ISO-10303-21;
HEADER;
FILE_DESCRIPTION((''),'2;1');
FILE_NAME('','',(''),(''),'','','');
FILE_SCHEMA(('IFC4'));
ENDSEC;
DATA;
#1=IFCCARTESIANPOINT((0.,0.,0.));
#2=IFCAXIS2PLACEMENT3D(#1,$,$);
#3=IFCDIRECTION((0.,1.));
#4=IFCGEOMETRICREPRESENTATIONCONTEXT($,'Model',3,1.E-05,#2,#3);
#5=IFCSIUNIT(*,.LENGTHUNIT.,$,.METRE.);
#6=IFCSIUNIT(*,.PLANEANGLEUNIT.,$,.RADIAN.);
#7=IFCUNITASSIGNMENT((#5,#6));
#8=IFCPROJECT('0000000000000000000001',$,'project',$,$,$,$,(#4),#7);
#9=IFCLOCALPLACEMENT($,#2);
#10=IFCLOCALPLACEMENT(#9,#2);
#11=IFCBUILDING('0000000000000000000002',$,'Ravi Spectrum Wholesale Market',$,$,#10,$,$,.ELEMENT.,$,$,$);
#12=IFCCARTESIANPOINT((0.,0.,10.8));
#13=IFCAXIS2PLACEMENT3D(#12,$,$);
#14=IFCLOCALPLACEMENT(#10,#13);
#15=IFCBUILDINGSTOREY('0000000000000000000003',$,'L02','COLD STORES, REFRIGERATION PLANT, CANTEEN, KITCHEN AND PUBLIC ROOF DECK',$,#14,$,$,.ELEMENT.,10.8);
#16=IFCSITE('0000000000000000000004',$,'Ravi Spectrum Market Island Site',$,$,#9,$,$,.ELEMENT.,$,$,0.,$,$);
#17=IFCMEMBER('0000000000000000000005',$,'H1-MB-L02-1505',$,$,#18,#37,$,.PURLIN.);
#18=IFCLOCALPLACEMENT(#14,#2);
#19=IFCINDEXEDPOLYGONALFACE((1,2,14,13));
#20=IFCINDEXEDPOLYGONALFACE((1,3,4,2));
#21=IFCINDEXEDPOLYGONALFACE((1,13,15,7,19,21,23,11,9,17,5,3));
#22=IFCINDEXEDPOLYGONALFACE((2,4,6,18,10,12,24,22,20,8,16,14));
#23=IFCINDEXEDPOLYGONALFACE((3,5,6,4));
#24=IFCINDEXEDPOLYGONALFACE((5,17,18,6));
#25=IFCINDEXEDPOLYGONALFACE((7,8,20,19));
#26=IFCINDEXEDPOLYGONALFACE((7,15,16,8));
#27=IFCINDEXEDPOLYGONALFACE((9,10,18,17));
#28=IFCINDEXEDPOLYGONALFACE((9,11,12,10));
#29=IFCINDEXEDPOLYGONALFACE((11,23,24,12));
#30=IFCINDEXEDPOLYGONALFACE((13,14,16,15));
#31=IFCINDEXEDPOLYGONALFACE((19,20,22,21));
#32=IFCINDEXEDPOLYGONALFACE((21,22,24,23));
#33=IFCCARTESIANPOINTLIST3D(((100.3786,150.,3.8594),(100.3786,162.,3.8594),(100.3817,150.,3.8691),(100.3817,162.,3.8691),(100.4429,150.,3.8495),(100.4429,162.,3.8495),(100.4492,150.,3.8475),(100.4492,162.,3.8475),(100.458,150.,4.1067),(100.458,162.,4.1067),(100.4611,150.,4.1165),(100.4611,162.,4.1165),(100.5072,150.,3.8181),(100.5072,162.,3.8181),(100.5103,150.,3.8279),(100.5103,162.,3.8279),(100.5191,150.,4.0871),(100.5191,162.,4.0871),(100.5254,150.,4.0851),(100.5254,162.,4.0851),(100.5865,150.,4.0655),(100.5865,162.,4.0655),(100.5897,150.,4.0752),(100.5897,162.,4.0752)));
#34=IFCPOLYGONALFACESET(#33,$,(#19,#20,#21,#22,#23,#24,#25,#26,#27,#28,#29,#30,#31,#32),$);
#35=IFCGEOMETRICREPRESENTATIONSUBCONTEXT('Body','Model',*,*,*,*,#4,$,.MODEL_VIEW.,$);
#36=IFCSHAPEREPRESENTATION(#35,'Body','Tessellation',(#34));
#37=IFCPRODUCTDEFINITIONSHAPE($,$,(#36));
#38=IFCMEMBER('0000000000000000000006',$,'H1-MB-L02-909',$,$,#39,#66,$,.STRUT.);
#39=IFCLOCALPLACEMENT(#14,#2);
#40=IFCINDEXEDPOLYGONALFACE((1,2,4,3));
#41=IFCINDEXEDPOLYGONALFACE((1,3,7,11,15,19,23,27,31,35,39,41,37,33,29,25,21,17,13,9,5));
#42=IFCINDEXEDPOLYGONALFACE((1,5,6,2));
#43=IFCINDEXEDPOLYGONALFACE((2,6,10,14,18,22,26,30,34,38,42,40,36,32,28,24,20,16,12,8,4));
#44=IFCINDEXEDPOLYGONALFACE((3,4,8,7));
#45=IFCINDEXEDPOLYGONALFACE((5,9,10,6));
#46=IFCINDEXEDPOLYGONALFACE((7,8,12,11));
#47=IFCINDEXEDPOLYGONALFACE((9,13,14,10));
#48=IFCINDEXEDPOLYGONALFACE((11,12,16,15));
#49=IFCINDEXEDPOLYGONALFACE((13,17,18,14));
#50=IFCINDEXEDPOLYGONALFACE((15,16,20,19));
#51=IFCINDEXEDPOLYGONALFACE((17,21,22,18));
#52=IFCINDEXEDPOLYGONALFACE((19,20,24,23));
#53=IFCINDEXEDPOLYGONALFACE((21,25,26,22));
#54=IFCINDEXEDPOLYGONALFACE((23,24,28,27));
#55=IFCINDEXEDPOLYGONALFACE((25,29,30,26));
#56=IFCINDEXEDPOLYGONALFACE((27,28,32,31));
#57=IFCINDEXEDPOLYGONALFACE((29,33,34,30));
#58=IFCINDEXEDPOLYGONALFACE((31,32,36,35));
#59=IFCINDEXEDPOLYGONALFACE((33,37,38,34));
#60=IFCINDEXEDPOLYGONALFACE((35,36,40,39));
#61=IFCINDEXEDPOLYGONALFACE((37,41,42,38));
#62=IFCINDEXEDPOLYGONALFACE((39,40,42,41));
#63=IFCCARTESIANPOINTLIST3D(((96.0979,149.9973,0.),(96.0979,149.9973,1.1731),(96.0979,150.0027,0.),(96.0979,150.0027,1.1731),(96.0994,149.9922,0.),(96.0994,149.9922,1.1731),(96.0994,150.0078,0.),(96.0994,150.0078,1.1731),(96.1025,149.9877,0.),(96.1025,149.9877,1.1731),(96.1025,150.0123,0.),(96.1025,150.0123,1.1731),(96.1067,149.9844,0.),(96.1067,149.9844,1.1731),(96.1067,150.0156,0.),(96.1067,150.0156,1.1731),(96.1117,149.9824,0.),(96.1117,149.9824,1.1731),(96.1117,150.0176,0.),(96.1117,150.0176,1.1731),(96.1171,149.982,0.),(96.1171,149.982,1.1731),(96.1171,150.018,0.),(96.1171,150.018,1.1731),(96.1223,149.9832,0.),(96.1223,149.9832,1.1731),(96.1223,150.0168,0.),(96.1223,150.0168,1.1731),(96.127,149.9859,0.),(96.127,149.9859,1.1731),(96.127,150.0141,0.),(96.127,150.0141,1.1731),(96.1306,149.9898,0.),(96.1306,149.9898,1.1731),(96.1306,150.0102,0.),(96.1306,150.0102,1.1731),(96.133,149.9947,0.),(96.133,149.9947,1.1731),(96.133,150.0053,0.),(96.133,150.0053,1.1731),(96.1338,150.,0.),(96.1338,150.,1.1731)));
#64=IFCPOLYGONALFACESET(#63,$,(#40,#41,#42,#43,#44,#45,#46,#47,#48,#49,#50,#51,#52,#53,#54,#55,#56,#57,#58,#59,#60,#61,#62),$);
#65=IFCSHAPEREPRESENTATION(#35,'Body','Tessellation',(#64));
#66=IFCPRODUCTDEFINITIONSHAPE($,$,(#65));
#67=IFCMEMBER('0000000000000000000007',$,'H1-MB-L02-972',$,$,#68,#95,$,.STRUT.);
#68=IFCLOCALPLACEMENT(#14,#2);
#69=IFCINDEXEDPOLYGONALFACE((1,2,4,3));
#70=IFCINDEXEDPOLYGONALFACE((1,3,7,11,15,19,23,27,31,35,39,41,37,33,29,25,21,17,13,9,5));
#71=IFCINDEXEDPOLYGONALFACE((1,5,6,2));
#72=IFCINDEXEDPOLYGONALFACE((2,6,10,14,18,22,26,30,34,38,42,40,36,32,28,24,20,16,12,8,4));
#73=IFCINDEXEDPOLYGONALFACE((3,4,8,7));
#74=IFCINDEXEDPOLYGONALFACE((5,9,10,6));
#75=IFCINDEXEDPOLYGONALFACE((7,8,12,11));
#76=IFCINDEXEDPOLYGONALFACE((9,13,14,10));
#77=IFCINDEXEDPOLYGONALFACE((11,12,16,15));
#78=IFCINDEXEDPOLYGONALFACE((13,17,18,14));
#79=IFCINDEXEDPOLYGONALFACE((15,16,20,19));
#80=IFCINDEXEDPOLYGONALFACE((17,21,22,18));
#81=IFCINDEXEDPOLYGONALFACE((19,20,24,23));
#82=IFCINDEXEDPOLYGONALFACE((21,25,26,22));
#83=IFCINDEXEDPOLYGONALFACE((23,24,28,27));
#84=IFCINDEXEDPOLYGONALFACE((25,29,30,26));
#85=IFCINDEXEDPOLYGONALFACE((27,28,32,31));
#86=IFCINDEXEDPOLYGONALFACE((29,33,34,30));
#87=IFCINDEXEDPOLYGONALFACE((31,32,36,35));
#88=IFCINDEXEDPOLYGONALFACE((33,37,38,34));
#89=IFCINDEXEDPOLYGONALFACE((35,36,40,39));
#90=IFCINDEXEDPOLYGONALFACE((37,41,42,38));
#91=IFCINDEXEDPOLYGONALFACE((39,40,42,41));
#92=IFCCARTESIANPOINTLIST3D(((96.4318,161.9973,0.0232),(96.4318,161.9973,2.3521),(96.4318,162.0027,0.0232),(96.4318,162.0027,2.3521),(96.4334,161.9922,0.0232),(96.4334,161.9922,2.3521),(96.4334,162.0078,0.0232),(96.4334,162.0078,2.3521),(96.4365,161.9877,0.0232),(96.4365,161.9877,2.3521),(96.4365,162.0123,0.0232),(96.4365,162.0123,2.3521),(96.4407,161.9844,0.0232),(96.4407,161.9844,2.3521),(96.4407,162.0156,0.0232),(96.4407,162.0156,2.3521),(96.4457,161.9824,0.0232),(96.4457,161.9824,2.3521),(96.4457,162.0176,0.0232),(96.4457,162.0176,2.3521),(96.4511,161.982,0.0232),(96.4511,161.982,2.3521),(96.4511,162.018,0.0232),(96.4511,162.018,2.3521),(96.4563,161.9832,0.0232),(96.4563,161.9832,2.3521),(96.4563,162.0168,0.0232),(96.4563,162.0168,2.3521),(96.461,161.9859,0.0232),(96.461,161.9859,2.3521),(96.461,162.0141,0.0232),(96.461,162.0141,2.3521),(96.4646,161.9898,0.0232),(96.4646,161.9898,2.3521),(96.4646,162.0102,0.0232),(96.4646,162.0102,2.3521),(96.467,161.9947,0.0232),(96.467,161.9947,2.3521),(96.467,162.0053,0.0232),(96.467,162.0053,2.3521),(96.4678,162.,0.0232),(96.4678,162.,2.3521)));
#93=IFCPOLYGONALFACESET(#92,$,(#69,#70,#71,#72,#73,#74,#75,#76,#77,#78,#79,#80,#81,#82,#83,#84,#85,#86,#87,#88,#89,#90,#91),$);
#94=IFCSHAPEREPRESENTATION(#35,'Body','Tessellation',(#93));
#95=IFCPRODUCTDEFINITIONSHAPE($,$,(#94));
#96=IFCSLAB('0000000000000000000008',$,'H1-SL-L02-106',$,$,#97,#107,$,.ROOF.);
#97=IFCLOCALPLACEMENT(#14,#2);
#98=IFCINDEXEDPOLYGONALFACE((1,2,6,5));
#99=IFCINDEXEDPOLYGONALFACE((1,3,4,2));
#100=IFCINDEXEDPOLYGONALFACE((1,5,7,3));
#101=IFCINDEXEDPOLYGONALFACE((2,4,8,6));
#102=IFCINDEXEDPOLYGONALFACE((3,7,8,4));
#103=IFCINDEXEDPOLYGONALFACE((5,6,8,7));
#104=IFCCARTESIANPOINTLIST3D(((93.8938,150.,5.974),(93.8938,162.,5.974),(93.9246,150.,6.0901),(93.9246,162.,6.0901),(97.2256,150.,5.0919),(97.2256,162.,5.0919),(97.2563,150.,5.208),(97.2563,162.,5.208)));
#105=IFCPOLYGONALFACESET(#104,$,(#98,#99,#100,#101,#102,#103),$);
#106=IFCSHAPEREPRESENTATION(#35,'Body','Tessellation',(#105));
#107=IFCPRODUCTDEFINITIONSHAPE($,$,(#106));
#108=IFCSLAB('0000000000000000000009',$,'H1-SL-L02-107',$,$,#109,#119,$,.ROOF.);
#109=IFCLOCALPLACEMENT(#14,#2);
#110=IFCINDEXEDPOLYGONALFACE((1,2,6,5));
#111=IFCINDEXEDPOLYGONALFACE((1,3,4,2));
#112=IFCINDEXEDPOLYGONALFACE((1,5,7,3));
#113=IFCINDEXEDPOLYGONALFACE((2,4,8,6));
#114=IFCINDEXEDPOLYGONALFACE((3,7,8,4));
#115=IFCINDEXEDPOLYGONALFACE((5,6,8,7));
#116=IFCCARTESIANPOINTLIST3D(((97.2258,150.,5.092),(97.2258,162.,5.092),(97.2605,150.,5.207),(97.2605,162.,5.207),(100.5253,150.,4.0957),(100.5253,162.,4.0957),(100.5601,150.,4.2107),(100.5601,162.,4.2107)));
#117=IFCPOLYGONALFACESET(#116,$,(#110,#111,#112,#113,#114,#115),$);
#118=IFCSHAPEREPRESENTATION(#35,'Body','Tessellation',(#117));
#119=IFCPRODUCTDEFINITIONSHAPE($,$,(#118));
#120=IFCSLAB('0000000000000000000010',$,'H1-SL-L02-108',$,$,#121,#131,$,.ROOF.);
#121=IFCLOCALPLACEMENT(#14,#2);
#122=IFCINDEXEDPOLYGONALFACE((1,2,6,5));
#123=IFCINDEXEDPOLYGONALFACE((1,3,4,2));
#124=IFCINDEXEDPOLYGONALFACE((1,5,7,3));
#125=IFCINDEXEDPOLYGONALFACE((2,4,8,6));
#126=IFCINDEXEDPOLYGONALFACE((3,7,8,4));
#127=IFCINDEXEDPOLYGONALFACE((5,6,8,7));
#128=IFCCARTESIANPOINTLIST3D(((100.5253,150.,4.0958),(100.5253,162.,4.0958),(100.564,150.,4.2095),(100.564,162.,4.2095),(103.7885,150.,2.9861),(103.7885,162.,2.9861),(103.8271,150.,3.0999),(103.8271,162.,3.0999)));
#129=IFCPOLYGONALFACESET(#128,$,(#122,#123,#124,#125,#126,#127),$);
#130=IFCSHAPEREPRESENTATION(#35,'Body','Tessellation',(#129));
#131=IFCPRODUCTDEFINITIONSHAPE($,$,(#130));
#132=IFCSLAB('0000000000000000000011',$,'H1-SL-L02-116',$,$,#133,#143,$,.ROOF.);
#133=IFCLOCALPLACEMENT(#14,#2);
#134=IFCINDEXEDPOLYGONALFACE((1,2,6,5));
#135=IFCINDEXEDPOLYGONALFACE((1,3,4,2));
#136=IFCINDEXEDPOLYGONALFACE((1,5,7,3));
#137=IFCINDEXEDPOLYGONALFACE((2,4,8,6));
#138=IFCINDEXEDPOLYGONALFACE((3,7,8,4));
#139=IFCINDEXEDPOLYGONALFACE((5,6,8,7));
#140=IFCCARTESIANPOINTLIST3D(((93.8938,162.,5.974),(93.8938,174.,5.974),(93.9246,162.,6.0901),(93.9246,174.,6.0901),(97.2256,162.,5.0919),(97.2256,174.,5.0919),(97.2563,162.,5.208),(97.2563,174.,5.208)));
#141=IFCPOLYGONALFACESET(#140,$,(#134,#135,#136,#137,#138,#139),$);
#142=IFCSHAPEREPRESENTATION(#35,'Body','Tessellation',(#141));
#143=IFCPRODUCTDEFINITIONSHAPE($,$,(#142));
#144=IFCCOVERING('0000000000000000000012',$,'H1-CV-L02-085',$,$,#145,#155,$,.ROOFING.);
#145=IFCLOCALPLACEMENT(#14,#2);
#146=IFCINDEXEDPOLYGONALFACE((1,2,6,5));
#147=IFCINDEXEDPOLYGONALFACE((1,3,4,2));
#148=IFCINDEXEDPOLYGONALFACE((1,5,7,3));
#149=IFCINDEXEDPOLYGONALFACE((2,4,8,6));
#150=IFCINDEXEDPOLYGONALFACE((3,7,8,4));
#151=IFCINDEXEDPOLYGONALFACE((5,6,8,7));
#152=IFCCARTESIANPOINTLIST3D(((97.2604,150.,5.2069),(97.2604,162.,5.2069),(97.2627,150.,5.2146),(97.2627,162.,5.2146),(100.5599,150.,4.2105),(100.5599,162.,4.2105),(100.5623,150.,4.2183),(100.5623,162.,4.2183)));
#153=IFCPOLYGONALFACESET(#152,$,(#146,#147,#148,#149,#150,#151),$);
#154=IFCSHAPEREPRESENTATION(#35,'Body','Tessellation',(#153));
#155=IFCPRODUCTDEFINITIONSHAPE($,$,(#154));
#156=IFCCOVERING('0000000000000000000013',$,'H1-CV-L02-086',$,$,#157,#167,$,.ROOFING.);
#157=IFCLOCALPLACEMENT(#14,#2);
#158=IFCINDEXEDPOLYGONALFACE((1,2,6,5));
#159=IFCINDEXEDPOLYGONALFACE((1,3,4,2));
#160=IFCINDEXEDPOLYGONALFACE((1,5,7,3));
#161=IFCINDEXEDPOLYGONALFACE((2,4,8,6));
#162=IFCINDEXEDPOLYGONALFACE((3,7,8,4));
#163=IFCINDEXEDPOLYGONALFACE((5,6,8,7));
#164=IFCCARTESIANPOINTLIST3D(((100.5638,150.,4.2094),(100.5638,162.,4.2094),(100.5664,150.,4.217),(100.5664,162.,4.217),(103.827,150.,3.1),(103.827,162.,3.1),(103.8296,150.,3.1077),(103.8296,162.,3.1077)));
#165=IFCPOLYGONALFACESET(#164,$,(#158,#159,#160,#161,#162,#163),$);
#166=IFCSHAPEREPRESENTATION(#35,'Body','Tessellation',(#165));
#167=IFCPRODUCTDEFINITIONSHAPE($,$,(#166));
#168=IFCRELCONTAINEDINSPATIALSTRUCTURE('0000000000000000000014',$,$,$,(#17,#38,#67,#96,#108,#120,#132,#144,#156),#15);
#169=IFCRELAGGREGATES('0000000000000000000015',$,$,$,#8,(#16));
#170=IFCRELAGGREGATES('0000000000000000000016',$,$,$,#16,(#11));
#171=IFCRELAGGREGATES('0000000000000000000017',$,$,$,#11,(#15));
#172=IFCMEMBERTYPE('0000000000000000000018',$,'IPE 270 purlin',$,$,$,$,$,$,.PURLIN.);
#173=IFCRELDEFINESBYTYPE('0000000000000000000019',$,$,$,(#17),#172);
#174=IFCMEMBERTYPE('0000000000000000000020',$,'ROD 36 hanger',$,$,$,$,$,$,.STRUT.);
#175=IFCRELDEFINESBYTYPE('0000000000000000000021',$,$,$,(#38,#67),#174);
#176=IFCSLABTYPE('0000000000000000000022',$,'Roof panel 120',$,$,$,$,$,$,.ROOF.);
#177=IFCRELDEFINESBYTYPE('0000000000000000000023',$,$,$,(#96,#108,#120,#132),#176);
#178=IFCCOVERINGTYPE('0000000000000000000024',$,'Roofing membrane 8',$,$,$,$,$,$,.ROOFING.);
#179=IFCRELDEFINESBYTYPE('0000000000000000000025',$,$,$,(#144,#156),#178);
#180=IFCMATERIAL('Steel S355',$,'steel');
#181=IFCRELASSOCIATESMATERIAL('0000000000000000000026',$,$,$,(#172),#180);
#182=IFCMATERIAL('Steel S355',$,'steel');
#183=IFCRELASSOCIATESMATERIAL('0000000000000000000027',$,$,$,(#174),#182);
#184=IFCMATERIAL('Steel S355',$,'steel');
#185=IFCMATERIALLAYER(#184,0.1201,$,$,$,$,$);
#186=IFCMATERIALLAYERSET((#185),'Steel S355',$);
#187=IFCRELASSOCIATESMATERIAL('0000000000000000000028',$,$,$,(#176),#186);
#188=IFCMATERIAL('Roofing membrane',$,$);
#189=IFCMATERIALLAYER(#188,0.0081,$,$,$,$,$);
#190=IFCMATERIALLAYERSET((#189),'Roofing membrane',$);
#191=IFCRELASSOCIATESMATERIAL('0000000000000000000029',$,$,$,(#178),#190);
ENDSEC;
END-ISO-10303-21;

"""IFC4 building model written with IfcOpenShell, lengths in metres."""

from ifc_helpers import new_model, si_unit, direction, frame, origin, origin_2d, place, context, subcontext, project, spatial, polyline, circle, i_section, outline, extrude, material, layer, layer_set, material_profile, profile_set, type_object, element, save


model = new_model("IFC4")

# Units and contexts
model_context = context("Model", 3, precision=1e-05, world=origin(), true_north=direction((0.0, 1.0)))
body_context = subcontext(model_context, "Body", "Model", "MODEL_VIEW")
ifc_project = project(units=[si_unit("LENGTHUNIT", "METRE"), si_unit("PLANEANGLEUNIT", "RADIAN")], contexts=[model_context])

# Site, building, storey
site_placement = place(None, origin())
site = spatial("IfcSite", under=ifc_project, at=site_placement, Name="Ravi Spectrum Market Island Site", CompositionType="ELEMENT", RefElevation=0.0)
building_placement = place(site_placement, origin())
building = spatial("IfcBuilding", under=site, at=building_placement, Name="Ravi Spectrum Wholesale Market", CompositionType="ELEMENT")
storey_placement = place(building_placement, frame((0.0, 0.0, 10.8)))
storey = spatial("IfcBuildingStorey", under=building, at=storey_placement, Name="L02", Description="COLD STORES, REFRIGERATION PLANT, CANTEEN, KITCHEN AND PUBLIC ROOF DECK", CompositionType="ELEMENT", Elevation=10.8)

# Members
ifc_material_1 = material(Name="Steel S355", Category="steel")
ifc_material_profile_1 = material_profile(ifc_material_1, i_section(OverallWidth=0.135, OverallDepth=0.27, WebThickness=0.0066, FlangeThickness=0.0103, at=origin_2d()))
ifc_profile_set_1 = profile_set([ifc_material_profile_1], Name="Steel S355")
member_type_1 = type_object("IfcMemberType", Name="IPE 270 purlin", PredefinedType="PURLIN", material=ifc_profile_set_1)
for number, where, z_axis, x_axis, name in (
    (1, (100.4841, 150.0, 3.9673), (0.0, 1.0, 0.0), (-0.952184, 0.0, 0.305524), "H1-MB-L02-1505"),
):
    element("IfcMember", number, at=place(storey_placement, frame(where, z_axis=z_axis, x_axis=x_axis)), inside=storey, type_object=member_type_1, Name=name, PredefinedType="PURLIN", context=body_context, shape_type="SweptSolid", body=[
        extrude(i_section(OverallWidth=0.135, OverallDepth=0.27, WebThickness=0.0066, FlangeThickness=0.0103, at=origin_2d()), origin(), (0.0, 0.0, 1.0), 12.0),
    ])
ifc_material_2 = material(Name="Steel S355", Category="steel")
ifc_material_profile_2 = material_profile(ifc_material_2, circle(Radius=0.0181, at=origin_2d()))
ifc_profile_set_2 = profile_set([ifc_material_profile_2], Name="Steel S355")
member_type_2 = type_object("IfcMemberType", Name="ROD 36 hanger", PredefinedType="STRUT", material=ifc_profile_set_2)
member_1_placement = place(storey_placement, frame((96.1157, 150.0, 0.0), z_axis=(0.0, 0.0, 1.0), x_axis=(1.0, 0.0, 0.0)))
element("IfcMember", 2, at=member_1_placement, inside=storey, type_object=member_type_2, Name="H1-MB-L02-909", PredefinedType="STRUT", context=body_context, shape_type="SweptSolid", body=[
    extrude(circle(Radius=0.0181, at=origin_2d()), origin(), (0.0, 0.0, 1.0), 1.1731),
])
member_2_placement = place(storey_placement, frame((96.4497, 162.0, 0.0232), z_axis=(0.0, 0.0, 1.0), x_axis=(1.0, 0.0, 0.0)))
element("IfcMember", 3, at=member_2_placement, inside=storey, type_object=member_type_2, Name="H1-MB-L02-972", PredefinedType="STRUT", context=body_context, shape_type="SweptSolid", body=[
    extrude(circle(Radius=0.0181, at=origin_2d()), origin(), (0.0, 0.0, 1.0), 2.3289),
])

# Slabs
ifc_material_3 = material(Name="Steel S355", Category="steel")
ifc_layer_1 = layer(ifc_material_3, 0.1201)
ifc_layer_set_1 = layer_set([ifc_layer_1], Name="Steel S355")
slab_type = type_object("IfcSlabType", Name="Roof panel 120", PredefinedType="ROOF", material=ifc_layer_set_1)
slab_1_placement = place(storey_placement, frame((93.9246, 150.0, 6.0901), z_axis=(0.25593, 0.0, 0.966695), x_axis=(0.966695, 0.0, -0.25593)))
element("IfcSlab", 4, at=slab_1_placement, inside=storey, type_object=slab_type, Name="H1-SL-L02-106", PredefinedType="ROOF", context=body_context, shape_type="SweptSolid", body=[
    extrude(outline(polyline([(0.0, 0.0), (3.4466, 0.0), (3.4466, 12.0), (0.0, 12.0), (0.0, 0.0)])), origin(), (0.0, 0.0, -1.0), 0.1201),
])
slab_2_placement = place(storey_placement, frame((97.2605, 150.0, 5.207), z_axis=(0.28907, 0.0, 0.957308), x_axis=(0.957308, 0.0, -0.28907)))
element("IfcSlab", 5, at=slab_2_placement, inside=storey, type_object=slab_type, Name="H1-SL-L02-107", PredefinedType="ROOF", context=body_context, shape_type="SweptSolid", body=[
    extrude(outline(polyline([(0.0, 0.0), (3.4467, 0.0), (3.4467, 12.0), (0.0, 12.0), (0.0, 0.0)])), origin(), (0.0, 0.0, -1.0), 0.1201),
])
slab_3_placement = place(storey_placement, frame((100.564, 150.0, 4.2095), z_axis=(0.321938, 0.0, 0.946761), x_axis=(0.946761, 0.0, -0.321938)))
element("IfcSlab", 6, at=slab_3_placement, inside=storey, type_object=slab_type, Name="H1-SL-L02-108", PredefinedType="ROOF", context=body_context, shape_type="SweptSolid", body=[
    extrude(outline(polyline([(0.0, 0.0), (3.4467, 0.0), (3.4467, 12.0), (0.0, 12.0), (0.0, 0.0)])), origin(), (0.0, 0.0, -1.0), 0.1201),
])
slab_4_placement = place(storey_placement, frame((93.9246, 162.0, 6.0901), z_axis=(0.25593, 0.0, 0.966695), x_axis=(0.966695, 0.0, -0.25593)))
element("IfcSlab", 7, at=slab_4_placement, inside=storey, type_object=slab_type, Name="H1-SL-L02-116", PredefinedType="ROOF", context=body_context, shape_type="SweptSolid", body=[
    extrude(outline(polyline([(0.0, 0.0), (3.4466, 0.0), (3.4466, 12.0), (0.0, 12.0), (0.0, 0.0)])), origin(), (0.0, 0.0, -1.0), 0.1201),
])

# Coverings
ifc_material_4 = material(Name="Roofing membrane")
ifc_layer_2 = layer(ifc_material_4, 0.0081)
ifc_layer_set_2 = layer_set([ifc_layer_2], Name="Roofing membrane")
covering_type = type_object("IfcCoveringType", Name="Roofing membrane 8", PredefinedType="ROOFING", material=ifc_layer_set_2)
covering_1_placement = place(storey_placement, frame((97.2627, 150.0, 5.2146), z_axis=(0.28907, 0.0, 0.957308), x_axis=(0.957308, 0.0, -0.28907)))
element("IfcCovering", 8, at=covering_1_placement, inside=storey, type_object=covering_type, Name="H1-CV-L02-085", PredefinedType="ROOFING", context=body_context, shape_type="SweptSolid", body=[
    extrude(outline(polyline([(0.0, 0.0), (3.4467, 0.0), (3.4467, 12.0), (0.0, 12.0), (0.0, 0.0)])), origin(), (0.0, 0.0, -1.0), 0.0081),
])
covering_2_placement = place(storey_placement, frame((100.5664, 150.0, 4.217), z_axis=(0.321875, 0.0, 0.946782), x_axis=(0.946782, 0.0, -0.321875)))
element("IfcCovering", 9, at=covering_2_placement, inside=storey, type_object=covering_type, Name="H1-CV-L02-086", PredefinedType="ROOFING", context=body_context, shape_type="SweptSolid", body=[
    extrude(outline(polyline([(0.0, 0.0), (3.4466, 0.0), (3.4466, 12.0), (0.0, 12.0), (0.0, 0.0)])), origin(), (0.0, 0.0, -1.0), 0.0081),
])

save(model, "model.ifc")
